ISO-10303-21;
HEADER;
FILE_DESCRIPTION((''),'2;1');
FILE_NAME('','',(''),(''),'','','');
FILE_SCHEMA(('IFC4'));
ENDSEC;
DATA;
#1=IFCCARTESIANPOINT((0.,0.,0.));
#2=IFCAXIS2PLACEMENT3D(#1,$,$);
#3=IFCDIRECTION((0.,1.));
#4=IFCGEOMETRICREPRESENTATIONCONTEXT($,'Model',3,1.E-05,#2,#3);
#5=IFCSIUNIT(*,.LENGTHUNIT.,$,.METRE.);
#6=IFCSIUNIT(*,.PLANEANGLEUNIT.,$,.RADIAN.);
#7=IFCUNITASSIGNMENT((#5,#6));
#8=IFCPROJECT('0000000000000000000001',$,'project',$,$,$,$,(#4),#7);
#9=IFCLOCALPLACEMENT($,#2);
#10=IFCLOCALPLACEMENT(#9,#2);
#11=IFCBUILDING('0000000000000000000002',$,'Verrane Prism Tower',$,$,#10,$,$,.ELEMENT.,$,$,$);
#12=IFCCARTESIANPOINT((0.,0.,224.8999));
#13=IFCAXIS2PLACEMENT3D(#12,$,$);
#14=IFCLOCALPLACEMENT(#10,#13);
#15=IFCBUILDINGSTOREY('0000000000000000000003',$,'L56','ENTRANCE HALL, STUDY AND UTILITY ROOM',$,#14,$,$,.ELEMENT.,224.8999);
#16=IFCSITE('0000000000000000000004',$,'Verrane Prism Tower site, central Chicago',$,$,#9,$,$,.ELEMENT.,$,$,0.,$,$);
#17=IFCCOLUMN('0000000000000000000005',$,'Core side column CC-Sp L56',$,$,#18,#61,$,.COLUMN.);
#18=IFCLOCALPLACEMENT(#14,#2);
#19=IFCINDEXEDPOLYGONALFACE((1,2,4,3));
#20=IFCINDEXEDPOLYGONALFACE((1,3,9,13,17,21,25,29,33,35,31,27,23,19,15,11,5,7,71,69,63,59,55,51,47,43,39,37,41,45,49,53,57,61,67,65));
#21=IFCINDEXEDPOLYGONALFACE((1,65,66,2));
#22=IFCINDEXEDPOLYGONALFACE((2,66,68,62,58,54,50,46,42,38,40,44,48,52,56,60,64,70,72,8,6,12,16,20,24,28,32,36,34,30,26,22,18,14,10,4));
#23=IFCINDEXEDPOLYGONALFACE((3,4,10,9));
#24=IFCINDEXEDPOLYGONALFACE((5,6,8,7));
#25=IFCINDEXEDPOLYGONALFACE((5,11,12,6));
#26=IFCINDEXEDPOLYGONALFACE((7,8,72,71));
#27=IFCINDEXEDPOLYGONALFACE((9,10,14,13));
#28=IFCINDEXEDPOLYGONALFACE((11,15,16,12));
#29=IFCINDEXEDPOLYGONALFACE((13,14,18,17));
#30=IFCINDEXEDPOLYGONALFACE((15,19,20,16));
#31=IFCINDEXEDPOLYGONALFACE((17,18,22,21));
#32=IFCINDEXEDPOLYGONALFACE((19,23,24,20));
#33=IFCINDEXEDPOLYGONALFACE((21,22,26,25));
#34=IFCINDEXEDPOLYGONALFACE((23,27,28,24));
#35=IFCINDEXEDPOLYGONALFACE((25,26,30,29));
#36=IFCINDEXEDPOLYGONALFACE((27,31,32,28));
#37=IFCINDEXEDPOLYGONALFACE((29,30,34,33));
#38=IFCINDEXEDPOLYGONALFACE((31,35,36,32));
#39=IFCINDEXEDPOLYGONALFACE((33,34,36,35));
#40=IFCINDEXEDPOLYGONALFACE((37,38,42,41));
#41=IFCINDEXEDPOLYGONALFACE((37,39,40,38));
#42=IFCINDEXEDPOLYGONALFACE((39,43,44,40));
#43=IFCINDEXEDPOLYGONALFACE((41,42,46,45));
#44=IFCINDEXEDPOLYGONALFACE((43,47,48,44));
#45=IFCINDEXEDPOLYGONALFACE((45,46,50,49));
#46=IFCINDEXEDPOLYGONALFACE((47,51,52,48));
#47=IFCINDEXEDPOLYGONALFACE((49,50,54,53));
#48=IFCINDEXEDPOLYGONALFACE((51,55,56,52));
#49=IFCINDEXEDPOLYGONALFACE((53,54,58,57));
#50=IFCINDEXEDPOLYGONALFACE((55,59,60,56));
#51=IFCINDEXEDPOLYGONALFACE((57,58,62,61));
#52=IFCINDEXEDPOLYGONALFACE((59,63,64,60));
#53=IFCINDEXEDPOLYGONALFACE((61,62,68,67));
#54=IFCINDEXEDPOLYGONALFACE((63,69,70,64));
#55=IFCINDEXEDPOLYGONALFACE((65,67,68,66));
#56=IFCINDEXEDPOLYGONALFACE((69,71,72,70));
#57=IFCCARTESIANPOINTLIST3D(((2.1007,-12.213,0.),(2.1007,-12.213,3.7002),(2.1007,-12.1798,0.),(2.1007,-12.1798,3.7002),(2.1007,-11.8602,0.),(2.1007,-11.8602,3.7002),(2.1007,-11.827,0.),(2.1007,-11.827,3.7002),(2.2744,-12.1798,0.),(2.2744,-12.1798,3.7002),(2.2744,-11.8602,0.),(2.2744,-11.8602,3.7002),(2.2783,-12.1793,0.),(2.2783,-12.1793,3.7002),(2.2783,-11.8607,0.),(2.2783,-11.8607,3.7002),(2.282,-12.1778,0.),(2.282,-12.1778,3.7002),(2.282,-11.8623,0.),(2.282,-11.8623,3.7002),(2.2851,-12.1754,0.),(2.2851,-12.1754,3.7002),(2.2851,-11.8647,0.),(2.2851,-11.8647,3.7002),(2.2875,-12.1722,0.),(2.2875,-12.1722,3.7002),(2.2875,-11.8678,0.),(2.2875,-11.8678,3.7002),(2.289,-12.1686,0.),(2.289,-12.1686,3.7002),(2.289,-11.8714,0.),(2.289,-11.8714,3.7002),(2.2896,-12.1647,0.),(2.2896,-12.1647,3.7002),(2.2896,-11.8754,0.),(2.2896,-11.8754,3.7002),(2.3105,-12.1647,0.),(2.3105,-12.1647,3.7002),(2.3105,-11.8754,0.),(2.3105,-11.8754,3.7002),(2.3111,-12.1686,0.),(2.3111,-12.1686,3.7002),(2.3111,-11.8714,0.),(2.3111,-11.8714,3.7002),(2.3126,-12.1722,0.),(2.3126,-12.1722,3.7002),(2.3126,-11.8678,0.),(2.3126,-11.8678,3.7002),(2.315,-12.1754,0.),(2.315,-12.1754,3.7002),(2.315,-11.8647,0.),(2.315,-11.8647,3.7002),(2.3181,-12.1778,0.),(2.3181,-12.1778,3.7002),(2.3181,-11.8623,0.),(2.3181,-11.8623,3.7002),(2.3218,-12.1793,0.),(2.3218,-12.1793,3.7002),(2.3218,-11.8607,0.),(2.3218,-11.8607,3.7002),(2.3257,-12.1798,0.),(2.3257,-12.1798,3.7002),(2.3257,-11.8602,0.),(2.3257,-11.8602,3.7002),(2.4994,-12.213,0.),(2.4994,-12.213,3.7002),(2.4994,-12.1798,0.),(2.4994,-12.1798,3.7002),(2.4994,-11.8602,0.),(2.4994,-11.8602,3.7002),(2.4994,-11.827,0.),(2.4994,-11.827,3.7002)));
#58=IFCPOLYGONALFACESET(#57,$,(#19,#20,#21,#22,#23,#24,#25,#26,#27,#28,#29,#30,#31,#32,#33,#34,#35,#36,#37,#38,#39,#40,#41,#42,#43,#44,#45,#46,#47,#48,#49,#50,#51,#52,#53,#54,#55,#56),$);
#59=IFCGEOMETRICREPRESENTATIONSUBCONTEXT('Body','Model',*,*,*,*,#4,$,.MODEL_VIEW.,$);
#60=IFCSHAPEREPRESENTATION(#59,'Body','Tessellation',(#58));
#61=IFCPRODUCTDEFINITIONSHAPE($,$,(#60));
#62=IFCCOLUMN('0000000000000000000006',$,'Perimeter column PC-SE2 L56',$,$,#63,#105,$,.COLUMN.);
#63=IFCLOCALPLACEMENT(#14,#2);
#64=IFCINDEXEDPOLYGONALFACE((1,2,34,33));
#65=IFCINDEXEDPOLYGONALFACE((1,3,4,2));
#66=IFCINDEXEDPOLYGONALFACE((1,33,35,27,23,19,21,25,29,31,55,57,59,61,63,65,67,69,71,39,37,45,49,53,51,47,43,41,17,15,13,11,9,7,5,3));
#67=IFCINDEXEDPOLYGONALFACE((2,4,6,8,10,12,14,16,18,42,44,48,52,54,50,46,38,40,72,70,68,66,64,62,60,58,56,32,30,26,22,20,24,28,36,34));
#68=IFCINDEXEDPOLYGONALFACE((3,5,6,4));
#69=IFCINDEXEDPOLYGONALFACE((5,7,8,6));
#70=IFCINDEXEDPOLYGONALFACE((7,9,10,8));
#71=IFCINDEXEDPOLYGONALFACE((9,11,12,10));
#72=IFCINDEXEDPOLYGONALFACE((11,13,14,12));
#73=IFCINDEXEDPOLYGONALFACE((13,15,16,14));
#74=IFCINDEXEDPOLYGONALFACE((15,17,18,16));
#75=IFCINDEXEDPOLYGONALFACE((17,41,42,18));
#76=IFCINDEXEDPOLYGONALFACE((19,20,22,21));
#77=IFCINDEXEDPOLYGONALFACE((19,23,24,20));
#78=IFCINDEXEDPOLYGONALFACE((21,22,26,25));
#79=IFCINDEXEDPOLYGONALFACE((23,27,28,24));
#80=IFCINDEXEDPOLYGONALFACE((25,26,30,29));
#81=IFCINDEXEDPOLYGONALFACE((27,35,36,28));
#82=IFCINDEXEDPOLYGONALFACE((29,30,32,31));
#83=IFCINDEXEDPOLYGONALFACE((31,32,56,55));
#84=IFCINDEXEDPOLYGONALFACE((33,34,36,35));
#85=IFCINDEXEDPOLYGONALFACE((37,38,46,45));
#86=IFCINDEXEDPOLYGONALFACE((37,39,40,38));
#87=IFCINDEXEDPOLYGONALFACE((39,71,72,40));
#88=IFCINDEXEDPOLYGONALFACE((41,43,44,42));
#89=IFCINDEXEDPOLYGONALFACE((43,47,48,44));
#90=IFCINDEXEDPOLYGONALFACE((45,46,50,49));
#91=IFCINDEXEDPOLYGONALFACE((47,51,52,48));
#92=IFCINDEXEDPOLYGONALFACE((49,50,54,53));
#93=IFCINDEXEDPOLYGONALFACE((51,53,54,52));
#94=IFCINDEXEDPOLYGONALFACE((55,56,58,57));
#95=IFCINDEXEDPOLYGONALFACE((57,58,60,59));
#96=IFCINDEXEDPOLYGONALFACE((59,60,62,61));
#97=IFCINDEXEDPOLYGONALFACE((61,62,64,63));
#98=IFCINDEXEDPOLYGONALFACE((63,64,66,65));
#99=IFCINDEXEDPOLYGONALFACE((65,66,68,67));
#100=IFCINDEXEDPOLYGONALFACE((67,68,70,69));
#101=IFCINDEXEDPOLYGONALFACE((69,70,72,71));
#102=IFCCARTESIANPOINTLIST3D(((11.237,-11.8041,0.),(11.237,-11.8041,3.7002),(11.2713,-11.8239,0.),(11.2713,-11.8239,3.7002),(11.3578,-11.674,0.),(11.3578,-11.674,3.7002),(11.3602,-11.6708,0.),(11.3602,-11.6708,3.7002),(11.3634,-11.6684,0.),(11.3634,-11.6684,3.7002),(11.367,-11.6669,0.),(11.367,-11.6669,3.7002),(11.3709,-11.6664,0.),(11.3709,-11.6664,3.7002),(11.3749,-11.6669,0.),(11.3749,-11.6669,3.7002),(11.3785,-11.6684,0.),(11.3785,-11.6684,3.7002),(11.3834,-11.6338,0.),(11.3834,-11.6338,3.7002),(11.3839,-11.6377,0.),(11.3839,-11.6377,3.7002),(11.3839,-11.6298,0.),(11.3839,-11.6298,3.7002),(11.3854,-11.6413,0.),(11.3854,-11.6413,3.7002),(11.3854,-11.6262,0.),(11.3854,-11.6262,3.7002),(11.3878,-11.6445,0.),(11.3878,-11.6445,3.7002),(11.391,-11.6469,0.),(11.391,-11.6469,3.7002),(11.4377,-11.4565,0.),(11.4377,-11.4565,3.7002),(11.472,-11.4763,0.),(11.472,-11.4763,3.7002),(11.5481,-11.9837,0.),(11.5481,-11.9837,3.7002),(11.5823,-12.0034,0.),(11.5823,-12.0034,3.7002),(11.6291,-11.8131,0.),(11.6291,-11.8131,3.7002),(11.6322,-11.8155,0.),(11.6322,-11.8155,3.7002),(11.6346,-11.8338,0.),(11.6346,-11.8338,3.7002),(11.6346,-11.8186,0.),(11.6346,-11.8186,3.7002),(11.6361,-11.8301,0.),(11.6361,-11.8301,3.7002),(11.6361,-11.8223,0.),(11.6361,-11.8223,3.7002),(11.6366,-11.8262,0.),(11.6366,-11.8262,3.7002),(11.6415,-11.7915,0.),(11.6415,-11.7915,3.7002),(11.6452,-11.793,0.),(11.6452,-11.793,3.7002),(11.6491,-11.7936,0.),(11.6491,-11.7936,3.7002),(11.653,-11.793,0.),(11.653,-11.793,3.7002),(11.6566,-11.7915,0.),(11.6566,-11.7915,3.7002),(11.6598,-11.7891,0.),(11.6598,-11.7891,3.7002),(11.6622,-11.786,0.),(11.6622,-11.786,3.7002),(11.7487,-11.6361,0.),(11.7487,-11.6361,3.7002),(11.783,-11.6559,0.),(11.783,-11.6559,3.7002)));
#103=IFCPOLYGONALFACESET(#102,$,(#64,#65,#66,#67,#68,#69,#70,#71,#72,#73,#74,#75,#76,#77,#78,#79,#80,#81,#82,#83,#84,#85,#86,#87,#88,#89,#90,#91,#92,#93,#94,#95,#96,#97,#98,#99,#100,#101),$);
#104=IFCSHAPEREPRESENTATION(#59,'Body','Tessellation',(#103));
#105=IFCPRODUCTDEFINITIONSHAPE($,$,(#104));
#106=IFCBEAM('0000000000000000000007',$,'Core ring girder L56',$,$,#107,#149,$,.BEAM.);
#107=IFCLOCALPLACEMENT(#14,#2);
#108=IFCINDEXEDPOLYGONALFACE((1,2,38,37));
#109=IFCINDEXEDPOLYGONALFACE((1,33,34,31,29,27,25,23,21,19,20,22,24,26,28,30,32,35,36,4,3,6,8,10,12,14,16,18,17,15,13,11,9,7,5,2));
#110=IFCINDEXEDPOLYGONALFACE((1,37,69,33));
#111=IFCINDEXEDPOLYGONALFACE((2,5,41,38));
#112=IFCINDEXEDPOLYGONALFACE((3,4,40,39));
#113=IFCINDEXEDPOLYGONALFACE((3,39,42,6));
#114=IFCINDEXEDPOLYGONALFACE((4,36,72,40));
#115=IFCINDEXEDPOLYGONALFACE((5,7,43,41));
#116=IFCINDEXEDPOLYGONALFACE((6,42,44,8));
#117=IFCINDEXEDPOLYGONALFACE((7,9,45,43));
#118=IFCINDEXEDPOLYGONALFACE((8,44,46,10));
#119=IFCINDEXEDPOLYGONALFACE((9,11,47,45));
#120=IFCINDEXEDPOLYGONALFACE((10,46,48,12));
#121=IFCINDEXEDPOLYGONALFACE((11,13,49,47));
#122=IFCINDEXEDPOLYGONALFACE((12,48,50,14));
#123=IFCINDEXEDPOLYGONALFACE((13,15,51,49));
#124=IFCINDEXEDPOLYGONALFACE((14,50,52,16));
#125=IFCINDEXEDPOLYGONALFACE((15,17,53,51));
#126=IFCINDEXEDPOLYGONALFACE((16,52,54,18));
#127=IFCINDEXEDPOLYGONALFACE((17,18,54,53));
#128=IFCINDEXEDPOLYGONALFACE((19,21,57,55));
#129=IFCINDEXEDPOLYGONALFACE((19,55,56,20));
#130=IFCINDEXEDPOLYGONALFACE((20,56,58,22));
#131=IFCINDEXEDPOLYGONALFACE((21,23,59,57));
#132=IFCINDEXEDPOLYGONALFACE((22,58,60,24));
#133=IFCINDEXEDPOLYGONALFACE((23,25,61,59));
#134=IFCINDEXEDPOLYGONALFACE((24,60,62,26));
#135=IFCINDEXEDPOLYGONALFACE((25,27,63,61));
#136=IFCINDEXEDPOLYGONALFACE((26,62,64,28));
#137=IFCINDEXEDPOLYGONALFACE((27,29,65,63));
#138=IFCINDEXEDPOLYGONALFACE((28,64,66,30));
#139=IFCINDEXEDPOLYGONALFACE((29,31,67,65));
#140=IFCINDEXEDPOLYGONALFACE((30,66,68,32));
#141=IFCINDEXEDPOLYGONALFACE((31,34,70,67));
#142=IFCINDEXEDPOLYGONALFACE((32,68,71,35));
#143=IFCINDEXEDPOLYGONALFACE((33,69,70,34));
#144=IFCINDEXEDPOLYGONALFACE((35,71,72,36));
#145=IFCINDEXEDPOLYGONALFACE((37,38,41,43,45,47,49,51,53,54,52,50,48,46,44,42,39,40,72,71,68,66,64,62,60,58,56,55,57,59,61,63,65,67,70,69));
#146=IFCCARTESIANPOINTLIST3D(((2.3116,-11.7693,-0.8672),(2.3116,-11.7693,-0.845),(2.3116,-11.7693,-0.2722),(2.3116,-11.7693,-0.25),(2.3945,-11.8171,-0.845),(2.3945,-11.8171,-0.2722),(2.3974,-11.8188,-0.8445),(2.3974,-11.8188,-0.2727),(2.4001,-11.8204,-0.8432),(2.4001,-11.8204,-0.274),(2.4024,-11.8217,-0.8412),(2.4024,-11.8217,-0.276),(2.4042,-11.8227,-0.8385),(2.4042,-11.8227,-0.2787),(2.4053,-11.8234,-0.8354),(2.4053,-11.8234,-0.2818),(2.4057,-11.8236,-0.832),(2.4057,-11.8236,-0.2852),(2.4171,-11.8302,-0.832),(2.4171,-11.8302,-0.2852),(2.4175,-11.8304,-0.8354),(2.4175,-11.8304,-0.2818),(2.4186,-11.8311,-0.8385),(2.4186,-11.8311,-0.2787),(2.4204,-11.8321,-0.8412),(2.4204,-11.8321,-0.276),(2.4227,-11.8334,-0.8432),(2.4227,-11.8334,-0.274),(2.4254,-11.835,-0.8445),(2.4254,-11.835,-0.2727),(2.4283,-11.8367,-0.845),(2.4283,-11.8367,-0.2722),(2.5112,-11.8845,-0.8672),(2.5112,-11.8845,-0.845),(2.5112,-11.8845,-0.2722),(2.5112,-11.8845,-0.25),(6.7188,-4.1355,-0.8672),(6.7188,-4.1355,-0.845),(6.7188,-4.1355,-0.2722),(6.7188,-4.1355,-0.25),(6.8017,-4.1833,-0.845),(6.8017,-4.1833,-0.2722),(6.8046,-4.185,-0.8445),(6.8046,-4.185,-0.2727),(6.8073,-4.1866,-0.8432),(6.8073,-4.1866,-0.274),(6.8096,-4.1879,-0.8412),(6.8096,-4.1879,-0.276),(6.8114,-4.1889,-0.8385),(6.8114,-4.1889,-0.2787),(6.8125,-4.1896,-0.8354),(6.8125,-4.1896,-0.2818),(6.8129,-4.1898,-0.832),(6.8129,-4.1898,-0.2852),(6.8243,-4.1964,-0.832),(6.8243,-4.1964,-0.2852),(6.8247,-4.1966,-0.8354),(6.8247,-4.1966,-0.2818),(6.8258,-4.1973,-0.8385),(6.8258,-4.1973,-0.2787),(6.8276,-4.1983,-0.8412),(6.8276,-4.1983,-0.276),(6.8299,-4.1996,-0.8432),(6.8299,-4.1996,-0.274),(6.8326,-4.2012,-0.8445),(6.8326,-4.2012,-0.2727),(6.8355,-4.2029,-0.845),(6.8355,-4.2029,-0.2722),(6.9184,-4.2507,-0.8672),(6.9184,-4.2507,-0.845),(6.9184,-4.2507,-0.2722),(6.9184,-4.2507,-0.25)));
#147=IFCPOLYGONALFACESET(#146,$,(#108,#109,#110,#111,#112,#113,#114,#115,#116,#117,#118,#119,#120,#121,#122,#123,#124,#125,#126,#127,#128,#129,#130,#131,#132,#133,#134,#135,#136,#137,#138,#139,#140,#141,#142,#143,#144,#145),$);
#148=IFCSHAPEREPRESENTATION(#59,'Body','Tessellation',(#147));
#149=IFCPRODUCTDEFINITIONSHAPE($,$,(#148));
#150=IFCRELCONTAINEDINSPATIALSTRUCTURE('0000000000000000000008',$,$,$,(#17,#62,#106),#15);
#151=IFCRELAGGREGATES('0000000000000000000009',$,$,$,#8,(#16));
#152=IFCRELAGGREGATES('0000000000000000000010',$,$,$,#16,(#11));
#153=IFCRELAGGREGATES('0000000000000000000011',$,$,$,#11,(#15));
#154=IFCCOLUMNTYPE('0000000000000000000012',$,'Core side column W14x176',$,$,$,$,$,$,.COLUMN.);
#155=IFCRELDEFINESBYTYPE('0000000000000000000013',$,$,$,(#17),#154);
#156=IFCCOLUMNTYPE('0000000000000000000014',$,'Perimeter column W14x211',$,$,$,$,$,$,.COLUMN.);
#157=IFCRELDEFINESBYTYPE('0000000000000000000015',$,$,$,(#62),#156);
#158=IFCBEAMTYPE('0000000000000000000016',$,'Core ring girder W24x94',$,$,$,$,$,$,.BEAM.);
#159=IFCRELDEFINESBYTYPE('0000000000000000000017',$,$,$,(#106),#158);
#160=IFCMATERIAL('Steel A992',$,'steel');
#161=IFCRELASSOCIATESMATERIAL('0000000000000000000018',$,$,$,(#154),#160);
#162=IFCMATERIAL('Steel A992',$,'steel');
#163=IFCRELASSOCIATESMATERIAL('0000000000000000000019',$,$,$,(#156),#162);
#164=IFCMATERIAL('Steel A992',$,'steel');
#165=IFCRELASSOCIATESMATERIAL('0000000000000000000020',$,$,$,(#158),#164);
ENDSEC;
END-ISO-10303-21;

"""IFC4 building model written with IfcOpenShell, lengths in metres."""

from ifc_helpers import new_model, si_unit, direction, frame, origin, origin_2d, place, context, subcontext, project, spatial, i_section, extrude, material, material_profile, profile_set, type_object, element, save


model = new_model("IFC4")

# Units and contexts
model_context = context("Model", 3, precision=1e-05, world=origin(), true_north=direction((0.0, 1.0)))
body_context = subcontext(model_context, "Body", "Model", "MODEL_VIEW")
ifc_project = project(units=[si_unit("LENGTHUNIT", "METRE"), si_unit("PLANEANGLEUNIT", "RADIAN")], contexts=[model_context])

# Site, building, storey
site_placement = place(None, origin())
site = spatial("IfcSite", under=ifc_project, at=site_placement, Name="Verrane Prism Tower site, central Chicago", CompositionType="ELEMENT", RefElevation=0.0)
building_placement = place(site_placement, origin())
building = spatial("IfcBuilding", under=site, at=building_placement, Name="Verrane Prism Tower", CompositionType="ELEMENT")
storey_placement = place(building_placement, frame((0.0, 0.0, 224.8999)))
storey = spatial("IfcBuildingStorey", under=building, at=storey_placement, Name="L56", Description="ENTRANCE HALL, STUDY AND UTILITY ROOM", CompositionType="ELEMENT", Elevation=224.8999)

# Columns
ifc_material_1 = material(Name="Steel A992", Category="steel")
ifc_material_profile_1 = material_profile(ifc_material_1, i_section(OverallWidth=0.3987, OverallDepth=0.386, WebThickness=0.021, FlangeThickness=0.0332, FilletRadius=0.0151, at=origin_2d()), Name="W14x176")
ifc_profile_set_1 = profile_set([ifc_material_profile_1], Name="Steel A992")
column_type_1 = type_object("IfcColumnType", Name="Core side column W14x176", PredefinedType="COLUMN", material=ifc_profile_set_1)
column_1_placement = place(storey_placement, frame((2.3, -12.02, 0.0), z_axis=(0.0, 0.0, 1.0), x_axis=(1.0, 0.0, 0.0)))
element("IfcColumn", 1, at=column_1_placement, inside=storey, type_object=column_type_1, Name="Core side column CC-Sp L56", PredefinedType="COLUMN", context=body_context, shape_type="SweptSolid", body=[
    extrude(i_section(OverallWidth=0.3987, OverallDepth=0.386, WebThickness=0.021, FlangeThickness=0.0332, FilletRadius=0.0151, at=origin_2d()), origin(), (0.0, 0.0, 1.0), 3.7002),
])
ifc_material_2 = material(Name="Steel A992", Category="steel")
ifc_material_profile_2 = material_profile(ifc_material_2, i_section(OverallWidth=0.4014, OverallDepth=0.3987, WebThickness=0.0249, FlangeThickness=0.0396, FilletRadius=0.0151, at=origin_2d()), Name="W14x211")
ifc_profile_set_2 = profile_set([ifc_material_profile_2], Name="Steel A992")
column_type_2 = type_object("IfcColumnType", Name="Perimeter column W14x211", PredefinedType="COLUMN", material=ifc_profile_set_2)
column_2_placement = place(storey_placement, frame((11.51, -11.73, 0.0), z_axis=(0.0, 0.0, 1.0), x_axis=(-0.5, -0.866025, 0.0)))
element("IfcColumn", 2, at=column_2_placement, inside=storey, type_object=column_type_2, Name="Perimeter column PC-SE2 L56", PredefinedType="COLUMN", context=body_context, shape_type="SweptSolid", body=[
    extrude(i_section(OverallWidth=0.4014, OverallDepth=0.3987, WebThickness=0.0249, FlangeThickness=0.0396, FilletRadius=0.0151, at=origin_2d()), origin(), (0.0, 0.0, 1.0), 3.7002),
])

# Beam
ifc_material_3 = material(Name="Steel A992", Category="steel")
ifc_material_profile_3 = material_profile(ifc_material_3, i_section(OverallWidth=0.2305, OverallDepth=0.6172, WebThickness=0.0132, FlangeThickness=0.0222, FilletRadius=0.0129, at=origin_2d()), Name="W24x94")
ifc_profile_set_3 = profile_set([ifc_material_profile_3], Name="Steel A992")
beam_type_1 = type_object("IfcBeamType", Name="Core ring girder W24x94", PredefinedType="BEAM", material=ifc_profile_set_3)
beam_1_placement = place(storey_placement, frame((2.4114, -11.8269, -0.5586), z_axis=(0.499988, 0.866032, 0.0), x_axis=(-0.866032, 0.499988, 0.0)))
element("IfcBeam", 3, at=beam_1_placement, inside=storey, type_object=beam_type_1, Name="Core ring girder L56", PredefinedType="BEAM", context=body_context, shape_type="SweptSolid", body=[
    extrude(i_section(OverallWidth=0.2305, OverallDepth=0.6172, WebThickness=0.0132, FlangeThickness=0.0222, FilletRadius=0.0129, at=origin_2d()), origin(), (0.0, 0.0, 1.0), 8.8147),
])

save(model, "model.ifc")
